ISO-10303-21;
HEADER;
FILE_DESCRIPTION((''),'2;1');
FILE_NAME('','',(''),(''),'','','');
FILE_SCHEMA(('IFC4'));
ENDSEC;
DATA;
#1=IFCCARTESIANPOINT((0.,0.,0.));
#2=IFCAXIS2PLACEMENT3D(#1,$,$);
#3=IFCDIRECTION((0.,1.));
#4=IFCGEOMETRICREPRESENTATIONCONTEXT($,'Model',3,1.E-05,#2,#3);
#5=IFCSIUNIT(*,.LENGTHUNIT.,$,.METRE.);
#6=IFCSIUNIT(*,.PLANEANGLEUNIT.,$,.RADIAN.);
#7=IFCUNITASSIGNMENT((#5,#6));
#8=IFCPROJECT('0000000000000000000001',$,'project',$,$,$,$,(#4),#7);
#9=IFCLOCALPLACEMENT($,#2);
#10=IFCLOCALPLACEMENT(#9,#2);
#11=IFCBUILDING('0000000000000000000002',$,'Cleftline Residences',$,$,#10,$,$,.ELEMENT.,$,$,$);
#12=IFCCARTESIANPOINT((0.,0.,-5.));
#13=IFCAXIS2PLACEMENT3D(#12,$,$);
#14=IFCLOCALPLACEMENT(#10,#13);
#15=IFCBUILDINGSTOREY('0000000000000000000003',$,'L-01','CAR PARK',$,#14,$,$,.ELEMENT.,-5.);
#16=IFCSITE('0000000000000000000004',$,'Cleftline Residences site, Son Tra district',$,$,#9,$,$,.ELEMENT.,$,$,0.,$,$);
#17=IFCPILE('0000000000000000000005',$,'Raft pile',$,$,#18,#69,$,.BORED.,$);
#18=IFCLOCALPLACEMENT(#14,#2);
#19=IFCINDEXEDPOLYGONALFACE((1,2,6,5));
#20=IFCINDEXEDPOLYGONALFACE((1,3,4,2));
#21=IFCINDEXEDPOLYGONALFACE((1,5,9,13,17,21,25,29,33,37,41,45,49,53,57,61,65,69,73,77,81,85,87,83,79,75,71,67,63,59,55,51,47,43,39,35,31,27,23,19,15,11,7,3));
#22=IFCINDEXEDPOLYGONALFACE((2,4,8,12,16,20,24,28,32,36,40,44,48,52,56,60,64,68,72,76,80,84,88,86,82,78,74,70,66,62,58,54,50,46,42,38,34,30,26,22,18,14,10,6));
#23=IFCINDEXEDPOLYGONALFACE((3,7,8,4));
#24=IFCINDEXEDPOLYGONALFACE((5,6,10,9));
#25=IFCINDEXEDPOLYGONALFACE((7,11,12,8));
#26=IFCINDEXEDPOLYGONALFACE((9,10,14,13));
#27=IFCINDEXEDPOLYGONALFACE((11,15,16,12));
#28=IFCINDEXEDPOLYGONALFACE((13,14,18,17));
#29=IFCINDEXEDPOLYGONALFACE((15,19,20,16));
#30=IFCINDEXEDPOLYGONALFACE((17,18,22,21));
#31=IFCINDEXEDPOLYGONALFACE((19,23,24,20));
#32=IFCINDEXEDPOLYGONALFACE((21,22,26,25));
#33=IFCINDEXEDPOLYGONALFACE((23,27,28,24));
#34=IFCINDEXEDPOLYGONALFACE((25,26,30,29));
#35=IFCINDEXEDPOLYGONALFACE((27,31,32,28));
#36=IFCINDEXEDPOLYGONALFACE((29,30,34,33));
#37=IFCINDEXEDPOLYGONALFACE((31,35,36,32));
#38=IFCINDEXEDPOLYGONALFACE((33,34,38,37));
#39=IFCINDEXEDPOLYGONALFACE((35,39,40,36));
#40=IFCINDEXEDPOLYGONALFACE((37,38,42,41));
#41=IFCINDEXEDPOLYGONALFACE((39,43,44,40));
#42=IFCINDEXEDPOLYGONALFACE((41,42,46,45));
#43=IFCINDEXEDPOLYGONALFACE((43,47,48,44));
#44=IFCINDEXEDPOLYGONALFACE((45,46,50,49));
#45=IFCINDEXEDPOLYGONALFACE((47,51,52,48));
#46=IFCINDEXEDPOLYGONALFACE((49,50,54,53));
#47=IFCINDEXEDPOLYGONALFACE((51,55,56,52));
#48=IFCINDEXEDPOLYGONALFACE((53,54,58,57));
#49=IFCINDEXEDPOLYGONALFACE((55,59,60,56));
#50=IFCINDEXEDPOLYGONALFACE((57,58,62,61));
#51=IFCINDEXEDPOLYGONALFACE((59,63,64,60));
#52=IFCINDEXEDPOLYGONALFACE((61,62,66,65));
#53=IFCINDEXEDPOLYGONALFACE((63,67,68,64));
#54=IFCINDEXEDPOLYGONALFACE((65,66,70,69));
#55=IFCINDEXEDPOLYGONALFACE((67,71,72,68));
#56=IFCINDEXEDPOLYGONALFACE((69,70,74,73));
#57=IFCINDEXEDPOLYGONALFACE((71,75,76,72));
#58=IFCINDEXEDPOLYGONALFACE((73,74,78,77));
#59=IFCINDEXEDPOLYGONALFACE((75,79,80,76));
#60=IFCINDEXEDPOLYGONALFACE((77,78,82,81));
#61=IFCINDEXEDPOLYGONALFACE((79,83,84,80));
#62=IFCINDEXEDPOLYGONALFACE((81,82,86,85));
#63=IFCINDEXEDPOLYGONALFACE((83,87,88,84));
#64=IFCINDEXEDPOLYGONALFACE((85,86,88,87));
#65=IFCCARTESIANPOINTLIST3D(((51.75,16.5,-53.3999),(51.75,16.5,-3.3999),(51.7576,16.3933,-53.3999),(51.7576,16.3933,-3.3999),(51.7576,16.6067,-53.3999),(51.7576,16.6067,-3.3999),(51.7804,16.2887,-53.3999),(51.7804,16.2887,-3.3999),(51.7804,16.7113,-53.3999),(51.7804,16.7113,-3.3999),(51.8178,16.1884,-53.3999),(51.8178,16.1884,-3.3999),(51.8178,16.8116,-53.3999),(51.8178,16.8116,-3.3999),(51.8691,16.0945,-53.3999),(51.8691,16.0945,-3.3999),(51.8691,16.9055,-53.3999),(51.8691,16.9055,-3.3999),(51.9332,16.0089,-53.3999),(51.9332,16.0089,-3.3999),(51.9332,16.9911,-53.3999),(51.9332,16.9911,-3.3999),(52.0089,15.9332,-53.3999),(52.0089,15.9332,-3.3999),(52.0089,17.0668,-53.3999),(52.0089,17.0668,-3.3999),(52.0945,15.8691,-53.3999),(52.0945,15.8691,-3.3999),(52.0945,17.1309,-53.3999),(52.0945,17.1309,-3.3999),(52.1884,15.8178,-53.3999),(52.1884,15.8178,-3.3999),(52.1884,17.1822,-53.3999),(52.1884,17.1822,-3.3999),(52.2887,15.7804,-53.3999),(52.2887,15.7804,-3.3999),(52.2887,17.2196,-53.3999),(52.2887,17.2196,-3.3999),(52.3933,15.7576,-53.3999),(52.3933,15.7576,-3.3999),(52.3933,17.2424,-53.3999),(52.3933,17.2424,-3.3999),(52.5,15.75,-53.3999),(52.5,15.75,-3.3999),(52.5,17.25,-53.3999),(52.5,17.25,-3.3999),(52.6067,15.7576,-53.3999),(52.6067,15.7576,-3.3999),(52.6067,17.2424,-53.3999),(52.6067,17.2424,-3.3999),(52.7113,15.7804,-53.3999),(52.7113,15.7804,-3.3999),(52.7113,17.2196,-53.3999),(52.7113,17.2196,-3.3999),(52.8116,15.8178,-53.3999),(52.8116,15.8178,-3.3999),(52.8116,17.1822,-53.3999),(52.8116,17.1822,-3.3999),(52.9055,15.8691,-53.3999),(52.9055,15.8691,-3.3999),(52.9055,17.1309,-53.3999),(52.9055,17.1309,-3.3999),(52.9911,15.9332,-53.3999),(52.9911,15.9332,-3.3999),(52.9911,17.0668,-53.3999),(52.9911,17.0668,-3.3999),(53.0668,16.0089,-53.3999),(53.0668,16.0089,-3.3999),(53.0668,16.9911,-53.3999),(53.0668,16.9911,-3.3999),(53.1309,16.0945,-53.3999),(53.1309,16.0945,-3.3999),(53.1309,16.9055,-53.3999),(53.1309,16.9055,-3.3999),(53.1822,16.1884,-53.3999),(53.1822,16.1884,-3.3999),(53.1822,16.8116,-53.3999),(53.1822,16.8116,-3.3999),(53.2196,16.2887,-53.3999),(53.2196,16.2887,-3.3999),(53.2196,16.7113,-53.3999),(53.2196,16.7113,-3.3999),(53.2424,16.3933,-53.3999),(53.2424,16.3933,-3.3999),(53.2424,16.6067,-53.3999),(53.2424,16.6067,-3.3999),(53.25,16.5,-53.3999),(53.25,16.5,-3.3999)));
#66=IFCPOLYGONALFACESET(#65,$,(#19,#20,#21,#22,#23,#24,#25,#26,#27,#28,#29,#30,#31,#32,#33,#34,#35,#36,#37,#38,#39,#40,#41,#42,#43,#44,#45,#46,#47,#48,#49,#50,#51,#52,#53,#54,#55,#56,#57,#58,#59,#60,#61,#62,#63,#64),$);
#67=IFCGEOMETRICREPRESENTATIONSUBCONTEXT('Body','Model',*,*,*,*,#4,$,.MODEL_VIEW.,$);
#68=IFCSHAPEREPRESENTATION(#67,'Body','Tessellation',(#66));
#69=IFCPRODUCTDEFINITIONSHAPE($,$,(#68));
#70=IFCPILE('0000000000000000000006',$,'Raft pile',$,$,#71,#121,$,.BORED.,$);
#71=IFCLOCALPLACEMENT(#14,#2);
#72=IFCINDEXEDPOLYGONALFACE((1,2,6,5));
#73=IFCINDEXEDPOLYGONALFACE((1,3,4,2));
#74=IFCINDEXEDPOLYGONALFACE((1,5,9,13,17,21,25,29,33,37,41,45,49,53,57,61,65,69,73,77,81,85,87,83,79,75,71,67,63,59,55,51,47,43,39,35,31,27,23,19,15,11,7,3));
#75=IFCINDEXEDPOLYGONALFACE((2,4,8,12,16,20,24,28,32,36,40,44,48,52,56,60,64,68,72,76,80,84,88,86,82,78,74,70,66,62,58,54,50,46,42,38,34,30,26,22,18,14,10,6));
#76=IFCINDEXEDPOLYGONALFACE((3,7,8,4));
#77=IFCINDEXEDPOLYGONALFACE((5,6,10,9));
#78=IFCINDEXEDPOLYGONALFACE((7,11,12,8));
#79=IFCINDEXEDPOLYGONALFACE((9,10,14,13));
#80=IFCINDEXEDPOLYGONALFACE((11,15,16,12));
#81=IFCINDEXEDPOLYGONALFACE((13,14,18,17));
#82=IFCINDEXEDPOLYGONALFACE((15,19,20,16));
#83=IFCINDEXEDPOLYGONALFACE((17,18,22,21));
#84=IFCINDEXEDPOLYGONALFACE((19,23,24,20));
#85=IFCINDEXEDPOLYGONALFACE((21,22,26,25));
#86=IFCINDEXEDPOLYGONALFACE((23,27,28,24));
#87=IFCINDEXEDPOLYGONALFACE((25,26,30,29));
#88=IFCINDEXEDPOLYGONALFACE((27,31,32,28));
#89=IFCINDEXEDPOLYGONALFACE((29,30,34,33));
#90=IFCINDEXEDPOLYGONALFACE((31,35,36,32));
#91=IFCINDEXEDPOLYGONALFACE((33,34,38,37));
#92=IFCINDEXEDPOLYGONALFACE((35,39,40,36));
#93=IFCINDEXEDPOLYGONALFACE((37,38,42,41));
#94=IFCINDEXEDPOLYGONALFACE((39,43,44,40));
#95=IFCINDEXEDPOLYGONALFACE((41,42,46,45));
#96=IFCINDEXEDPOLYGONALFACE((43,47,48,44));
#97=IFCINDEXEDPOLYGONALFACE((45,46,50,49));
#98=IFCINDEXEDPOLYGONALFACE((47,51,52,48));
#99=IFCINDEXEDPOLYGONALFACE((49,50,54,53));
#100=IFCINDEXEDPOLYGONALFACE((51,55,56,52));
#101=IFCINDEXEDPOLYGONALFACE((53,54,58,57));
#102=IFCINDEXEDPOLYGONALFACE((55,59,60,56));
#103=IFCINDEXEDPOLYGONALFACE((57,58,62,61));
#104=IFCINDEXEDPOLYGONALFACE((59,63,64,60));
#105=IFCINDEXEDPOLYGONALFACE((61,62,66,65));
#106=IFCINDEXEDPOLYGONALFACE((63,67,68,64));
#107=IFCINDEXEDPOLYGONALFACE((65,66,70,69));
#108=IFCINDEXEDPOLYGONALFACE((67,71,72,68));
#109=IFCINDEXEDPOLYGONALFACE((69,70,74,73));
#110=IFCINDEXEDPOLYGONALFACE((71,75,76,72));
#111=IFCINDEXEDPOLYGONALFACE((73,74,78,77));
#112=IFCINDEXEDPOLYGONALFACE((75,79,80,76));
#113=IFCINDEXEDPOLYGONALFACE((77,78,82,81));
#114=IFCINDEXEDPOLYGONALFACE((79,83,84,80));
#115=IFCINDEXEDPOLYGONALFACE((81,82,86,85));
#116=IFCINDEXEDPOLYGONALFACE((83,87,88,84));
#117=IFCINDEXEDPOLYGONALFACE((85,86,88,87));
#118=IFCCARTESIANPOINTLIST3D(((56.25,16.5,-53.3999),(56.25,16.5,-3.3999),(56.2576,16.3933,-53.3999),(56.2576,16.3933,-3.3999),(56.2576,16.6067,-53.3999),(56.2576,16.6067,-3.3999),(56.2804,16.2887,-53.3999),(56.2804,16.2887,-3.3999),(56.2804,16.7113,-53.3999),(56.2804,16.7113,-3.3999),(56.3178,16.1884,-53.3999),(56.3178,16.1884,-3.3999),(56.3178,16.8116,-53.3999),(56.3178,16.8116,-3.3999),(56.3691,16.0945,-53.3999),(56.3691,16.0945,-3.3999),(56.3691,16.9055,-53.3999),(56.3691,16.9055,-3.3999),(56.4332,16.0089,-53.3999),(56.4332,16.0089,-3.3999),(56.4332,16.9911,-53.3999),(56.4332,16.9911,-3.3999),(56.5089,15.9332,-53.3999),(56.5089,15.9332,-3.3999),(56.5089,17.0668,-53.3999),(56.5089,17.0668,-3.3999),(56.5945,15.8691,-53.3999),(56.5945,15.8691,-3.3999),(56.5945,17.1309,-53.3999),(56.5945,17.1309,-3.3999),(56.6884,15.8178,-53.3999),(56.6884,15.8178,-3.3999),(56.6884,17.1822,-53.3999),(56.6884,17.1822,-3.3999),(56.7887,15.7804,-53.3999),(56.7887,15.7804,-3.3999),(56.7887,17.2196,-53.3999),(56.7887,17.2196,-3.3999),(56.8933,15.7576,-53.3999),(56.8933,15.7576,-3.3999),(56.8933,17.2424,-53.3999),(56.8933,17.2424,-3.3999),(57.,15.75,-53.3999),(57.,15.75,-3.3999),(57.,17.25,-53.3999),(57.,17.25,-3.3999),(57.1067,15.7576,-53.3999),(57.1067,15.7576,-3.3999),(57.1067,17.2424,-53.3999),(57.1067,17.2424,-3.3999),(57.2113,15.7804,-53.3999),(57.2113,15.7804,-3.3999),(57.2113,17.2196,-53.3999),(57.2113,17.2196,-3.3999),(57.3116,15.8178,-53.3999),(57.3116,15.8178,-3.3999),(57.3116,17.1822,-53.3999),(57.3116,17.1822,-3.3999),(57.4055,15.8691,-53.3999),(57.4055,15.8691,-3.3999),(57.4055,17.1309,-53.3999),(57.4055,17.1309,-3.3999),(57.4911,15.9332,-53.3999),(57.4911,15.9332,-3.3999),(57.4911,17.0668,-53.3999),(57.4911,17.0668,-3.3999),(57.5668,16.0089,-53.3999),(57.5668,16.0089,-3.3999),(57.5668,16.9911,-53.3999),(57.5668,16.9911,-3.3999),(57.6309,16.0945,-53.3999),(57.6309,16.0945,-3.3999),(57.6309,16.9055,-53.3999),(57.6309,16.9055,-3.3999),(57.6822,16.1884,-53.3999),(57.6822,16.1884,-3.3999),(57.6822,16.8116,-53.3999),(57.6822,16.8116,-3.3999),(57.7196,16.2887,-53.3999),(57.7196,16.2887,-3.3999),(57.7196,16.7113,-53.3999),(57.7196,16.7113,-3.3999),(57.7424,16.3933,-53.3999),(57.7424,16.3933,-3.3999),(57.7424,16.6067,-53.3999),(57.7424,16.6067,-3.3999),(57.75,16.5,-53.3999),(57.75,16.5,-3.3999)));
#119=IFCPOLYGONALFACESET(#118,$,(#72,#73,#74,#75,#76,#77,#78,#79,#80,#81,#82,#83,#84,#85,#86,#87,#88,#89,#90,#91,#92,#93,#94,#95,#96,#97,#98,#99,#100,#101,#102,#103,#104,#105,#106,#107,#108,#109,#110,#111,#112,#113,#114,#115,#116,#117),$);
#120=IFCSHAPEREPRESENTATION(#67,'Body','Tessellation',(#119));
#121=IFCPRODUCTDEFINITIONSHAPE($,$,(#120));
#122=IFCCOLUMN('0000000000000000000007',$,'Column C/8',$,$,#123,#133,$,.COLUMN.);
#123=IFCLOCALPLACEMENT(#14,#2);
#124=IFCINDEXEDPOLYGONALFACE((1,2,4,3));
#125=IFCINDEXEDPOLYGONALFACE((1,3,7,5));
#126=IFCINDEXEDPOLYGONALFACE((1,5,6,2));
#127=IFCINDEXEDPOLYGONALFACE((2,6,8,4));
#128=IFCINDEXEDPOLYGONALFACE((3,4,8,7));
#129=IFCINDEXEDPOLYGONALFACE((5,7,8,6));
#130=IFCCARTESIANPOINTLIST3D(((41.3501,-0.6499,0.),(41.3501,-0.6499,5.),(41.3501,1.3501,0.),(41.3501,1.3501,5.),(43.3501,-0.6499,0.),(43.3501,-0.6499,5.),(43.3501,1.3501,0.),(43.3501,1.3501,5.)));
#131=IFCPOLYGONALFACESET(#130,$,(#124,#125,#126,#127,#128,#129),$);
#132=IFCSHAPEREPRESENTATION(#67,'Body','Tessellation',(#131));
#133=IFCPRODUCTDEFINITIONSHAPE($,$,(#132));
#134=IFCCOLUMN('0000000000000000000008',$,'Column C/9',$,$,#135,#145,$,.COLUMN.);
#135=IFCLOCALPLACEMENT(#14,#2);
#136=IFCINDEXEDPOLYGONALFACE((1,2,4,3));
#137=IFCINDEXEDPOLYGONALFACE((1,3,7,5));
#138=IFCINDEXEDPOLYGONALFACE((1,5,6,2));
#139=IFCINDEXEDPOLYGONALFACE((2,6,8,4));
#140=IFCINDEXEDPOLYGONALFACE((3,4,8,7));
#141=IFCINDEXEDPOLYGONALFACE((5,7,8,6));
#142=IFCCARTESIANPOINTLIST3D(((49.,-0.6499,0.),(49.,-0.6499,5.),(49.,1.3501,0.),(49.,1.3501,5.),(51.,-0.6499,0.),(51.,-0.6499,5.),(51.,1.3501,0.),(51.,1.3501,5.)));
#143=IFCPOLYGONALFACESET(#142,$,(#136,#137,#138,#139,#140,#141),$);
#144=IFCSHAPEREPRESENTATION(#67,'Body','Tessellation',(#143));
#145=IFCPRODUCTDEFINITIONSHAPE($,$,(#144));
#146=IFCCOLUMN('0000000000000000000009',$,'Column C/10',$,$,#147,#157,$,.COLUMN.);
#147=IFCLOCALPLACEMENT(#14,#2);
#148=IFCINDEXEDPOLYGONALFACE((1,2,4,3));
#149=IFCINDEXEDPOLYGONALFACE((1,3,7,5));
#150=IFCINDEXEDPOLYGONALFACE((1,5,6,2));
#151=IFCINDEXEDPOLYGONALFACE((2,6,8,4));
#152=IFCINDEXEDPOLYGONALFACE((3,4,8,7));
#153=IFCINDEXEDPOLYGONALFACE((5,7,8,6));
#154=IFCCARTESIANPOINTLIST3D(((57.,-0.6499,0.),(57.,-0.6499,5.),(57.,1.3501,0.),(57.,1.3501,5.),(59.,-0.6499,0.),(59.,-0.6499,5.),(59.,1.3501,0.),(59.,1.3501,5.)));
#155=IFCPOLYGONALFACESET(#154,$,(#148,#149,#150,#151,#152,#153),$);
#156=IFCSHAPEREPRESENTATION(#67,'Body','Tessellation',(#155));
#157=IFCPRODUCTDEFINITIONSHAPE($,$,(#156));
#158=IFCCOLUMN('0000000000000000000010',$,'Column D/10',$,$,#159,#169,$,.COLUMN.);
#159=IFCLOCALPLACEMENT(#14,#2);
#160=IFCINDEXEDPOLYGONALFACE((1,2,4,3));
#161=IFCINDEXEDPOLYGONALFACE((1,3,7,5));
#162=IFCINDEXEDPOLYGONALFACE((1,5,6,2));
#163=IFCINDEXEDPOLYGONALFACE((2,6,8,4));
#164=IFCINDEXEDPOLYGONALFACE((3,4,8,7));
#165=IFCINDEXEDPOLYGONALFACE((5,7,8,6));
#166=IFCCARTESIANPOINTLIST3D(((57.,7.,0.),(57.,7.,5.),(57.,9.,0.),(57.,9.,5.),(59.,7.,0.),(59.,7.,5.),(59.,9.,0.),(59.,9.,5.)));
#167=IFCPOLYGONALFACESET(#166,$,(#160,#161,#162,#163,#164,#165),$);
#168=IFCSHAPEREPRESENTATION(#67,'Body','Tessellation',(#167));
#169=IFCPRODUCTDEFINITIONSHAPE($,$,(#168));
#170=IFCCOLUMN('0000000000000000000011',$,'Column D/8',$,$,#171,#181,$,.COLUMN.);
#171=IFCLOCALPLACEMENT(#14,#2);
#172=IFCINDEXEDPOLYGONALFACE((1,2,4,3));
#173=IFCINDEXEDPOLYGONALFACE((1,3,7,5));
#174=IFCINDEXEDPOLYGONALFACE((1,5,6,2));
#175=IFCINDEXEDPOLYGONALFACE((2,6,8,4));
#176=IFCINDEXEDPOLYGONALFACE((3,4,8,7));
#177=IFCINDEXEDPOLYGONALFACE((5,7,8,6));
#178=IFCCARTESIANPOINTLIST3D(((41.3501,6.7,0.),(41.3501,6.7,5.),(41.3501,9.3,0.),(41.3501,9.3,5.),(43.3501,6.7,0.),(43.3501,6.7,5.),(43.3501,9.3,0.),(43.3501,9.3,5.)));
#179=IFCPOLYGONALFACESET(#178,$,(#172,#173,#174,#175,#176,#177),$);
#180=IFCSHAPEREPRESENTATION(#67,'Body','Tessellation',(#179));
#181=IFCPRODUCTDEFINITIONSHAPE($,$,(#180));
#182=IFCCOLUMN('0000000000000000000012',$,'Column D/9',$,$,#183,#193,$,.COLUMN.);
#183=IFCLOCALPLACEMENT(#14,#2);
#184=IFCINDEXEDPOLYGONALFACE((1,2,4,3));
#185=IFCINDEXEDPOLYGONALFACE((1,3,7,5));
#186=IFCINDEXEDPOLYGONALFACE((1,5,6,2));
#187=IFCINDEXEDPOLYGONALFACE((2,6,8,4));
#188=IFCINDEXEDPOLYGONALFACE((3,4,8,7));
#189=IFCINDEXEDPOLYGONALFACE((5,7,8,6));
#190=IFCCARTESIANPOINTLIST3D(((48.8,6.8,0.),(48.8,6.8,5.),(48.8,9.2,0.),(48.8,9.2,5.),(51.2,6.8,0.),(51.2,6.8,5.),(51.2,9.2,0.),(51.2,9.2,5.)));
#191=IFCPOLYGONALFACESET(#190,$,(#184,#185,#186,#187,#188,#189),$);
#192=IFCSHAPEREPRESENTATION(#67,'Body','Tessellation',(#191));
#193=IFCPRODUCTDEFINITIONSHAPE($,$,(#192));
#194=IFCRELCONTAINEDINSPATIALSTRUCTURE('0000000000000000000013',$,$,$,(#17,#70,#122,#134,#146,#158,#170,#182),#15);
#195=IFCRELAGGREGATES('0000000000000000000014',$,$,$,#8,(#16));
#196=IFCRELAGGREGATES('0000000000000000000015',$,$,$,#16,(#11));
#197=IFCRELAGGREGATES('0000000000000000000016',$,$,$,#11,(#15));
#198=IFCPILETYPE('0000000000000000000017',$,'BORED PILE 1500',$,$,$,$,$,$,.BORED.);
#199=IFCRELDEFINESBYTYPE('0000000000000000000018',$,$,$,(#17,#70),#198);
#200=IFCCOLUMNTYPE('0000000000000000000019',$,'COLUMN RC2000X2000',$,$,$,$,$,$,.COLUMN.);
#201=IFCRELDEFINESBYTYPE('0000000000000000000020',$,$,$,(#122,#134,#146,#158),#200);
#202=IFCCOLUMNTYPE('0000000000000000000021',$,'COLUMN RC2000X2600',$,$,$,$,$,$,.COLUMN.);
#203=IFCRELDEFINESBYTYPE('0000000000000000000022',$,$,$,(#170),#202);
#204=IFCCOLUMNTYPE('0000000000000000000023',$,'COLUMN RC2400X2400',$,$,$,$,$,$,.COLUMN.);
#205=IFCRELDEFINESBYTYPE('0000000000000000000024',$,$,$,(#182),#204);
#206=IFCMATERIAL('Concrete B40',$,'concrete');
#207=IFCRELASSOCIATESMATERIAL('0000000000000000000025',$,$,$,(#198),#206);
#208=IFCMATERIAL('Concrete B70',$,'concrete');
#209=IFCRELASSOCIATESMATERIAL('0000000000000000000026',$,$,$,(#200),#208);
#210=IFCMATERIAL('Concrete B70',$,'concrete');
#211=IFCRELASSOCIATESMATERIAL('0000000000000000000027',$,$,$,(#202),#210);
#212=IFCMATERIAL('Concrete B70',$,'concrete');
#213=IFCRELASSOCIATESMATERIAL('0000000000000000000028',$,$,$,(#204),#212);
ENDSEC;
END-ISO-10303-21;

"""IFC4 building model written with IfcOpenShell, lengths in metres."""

from ifc_helpers import new_model, si_unit, direction, frame, origin, origin_2d, place, context, subcontext, project, spatial, rectangle, circle, extrude, material, material_profile, profile_set, type_object, element, save


model = new_model("IFC4")

# Units and contexts
model_context = context("Model", 3, precision=1e-05, world=origin(), true_north=direction((0.0, 1.0)))
body_context = subcontext(model_context, "Body", "Model", "MODEL_VIEW")
ifc_project = project(units=[si_unit("LENGTHUNIT", "METRE"), si_unit("PLANEANGLEUNIT", "RADIAN")], contexts=[model_context])

# Site, building, storey
site_placement = place(None, origin())
site = spatial("IfcSite", under=ifc_project, at=site_placement, Name="Cleftline Residences site, Son Tra district", CompositionType="ELEMENT", RefElevation=0.0)
building_placement = place(site_placement, origin())
building = spatial("IfcBuilding", under=site, at=building_placement, Name="Cleftline Residences", CompositionType="ELEMENT")
storey_placement = place(building_placement, frame((0.0, 0.0, -5.0)))
storey = spatial("IfcBuildingStorey", under=building, at=storey_placement, Name="L-01", Description="CAR PARK", CompositionType="ELEMENT", Elevation=-5.0)

# Piles
ifc_material_1 = material(Name="Concrete B40", Category="concrete")
ifc_material_profile_1 = material_profile(ifc_material_1, circle(Radius=0.75, at=origin_2d()))
ifc_profile_set_1 = profile_set([ifc_material_profile_1], Name="Concrete B40")
pile_type = type_object("IfcPileType", Name="BORED PILE 1500", PredefinedType="BORED", material=ifc_profile_set_1)
for number, where, z_axis, x_axis, name in (
    (1, (52.5, 16.5, -3.3999), (0.0, 0.0, -1.0), (1.0, 0.0, 0.0), "Raft pile"),
    (2, (57.0, 16.5, -3.3999), (0.0, 0.0, -1.0), (1.0, 0.0, 0.0), "Raft pile"),
):
    element("IfcPile", number, at=place(storey_placement, frame(where, z_axis=z_axis, x_axis=x_axis)), inside=storey, type_object=pile_type, Name=name, PredefinedType="BORED", context=body_context, shape_type="SweptSolid", body=[
        extrude(circle(Radius=0.75, at=origin_2d()), origin(), (0.0, 0.0, 1.0), 50.0),
    ])

# Columns
ifc_material_2 = material(Name="Concrete B70", Category="concrete")
ifc_material_profile_2 = material_profile(ifc_material_2, rectangle(XDim=2.0, YDim=2.0, at=origin_2d()))
ifc_profile_set_2 = profile_set([ifc_material_profile_2], Name="Concrete B70")
column_type_1 = type_object("IfcColumnType", Name="COLUMN RC2000X2000", PredefinedType="COLUMN", material=ifc_profile_set_2)
for number, where, z_axis, x_axis, name in (
    (3, (42.3501, 0.3501, 0.0), (0.0, 0.0, 1.0), (1.0, 0.0, 0.0), "Column C/8"),
    (4, (50.0, 0.3501, 0.0), (0.0, 0.0, 1.0), (1.0, 0.0, 0.0), "Column C/9"),
    (5, (58.0, 0.3501, 0.0), (0.0, 0.0, 1.0), (1.0, 0.0, 0.0), "Column C/10"),
    (6, (58.0, 8.0, 0.0), (0.0, 0.0, 1.0), (1.0, 0.0, 0.0), "Column D/10"),
):
    element("IfcColumn", number, at=place(storey_placement, frame(where, z_axis=z_axis, x_axis=x_axis)), inside=storey, type_object=column_type_1, Name=name, PredefinedType="COLUMN", context=body_context, shape_type="SweptSolid", body=[
        extrude(rectangle(XDim=2.0, YDim=2.0, at=origin_2d()), origin(), (0.0, 0.0, 1.0), 5.0),
    ])
ifc_material_3 = material(Name="Concrete B70", Category="concrete")
ifc_material_profile_3 = material_profile(ifc_material_3, rectangle(XDim=2.0, YDim=2.6001, at=origin_2d()))
ifc_profile_set_3 = profile_set([ifc_material_profile_3], Name="Concrete B70")
column_type_2 = type_object("IfcColumnType", Name="COLUMN RC2000X2600", PredefinedType="COLUMN", material=ifc_profile_set_3)
column_1_placement = place(storey_placement, frame((42.3501, 8.0, 0.0), z_axis=(0.0, 0.0, 1.0), x_axis=(1.0, 0.0, 0.0)))
element("IfcColumn", 7, at=column_1_placement, inside=storey, type_object=column_type_2, Name="Column D/8", PredefinedType="COLUMN", context=body_context, shape_type="SweptSolid", body=[
    extrude(rectangle(XDim=2.0, YDim=2.6001, at=origin_2d()), origin(), (0.0, 0.0, 1.0), 5.0),
])
ifc_material_4 = material(Name="Concrete B70", Category="concrete")
ifc_material_profile_4 = material_profile(ifc_material_4, rectangle(XDim=2.3999, YDim=2.3999, at=origin_2d()))
ifc_profile_set_4 = profile_set([ifc_material_profile_4], Name="Concrete B70")
column_type_3 = type_object("IfcColumnType", Name="COLUMN RC2400X2400", PredefinedType="COLUMN", material=ifc_profile_set_4)
column_2_placement = place(storey_placement, frame((50.0, 8.0, 0.0), z_axis=(0.0, 0.0, 1.0), x_axis=(1.0, 0.0, 0.0)))
element("IfcColumn", 8, at=column_2_placement, inside=storey, type_object=column_type_3, Name="Column D/9", PredefinedType="COLUMN", context=body_context, shape_type="SweptSolid", body=[
    extrude(rectangle(XDim=2.3999, YDim=2.3999, at=origin_2d()), origin(), (0.0, 0.0, 1.0), 5.0),
])

save(model, "model.ifc")
